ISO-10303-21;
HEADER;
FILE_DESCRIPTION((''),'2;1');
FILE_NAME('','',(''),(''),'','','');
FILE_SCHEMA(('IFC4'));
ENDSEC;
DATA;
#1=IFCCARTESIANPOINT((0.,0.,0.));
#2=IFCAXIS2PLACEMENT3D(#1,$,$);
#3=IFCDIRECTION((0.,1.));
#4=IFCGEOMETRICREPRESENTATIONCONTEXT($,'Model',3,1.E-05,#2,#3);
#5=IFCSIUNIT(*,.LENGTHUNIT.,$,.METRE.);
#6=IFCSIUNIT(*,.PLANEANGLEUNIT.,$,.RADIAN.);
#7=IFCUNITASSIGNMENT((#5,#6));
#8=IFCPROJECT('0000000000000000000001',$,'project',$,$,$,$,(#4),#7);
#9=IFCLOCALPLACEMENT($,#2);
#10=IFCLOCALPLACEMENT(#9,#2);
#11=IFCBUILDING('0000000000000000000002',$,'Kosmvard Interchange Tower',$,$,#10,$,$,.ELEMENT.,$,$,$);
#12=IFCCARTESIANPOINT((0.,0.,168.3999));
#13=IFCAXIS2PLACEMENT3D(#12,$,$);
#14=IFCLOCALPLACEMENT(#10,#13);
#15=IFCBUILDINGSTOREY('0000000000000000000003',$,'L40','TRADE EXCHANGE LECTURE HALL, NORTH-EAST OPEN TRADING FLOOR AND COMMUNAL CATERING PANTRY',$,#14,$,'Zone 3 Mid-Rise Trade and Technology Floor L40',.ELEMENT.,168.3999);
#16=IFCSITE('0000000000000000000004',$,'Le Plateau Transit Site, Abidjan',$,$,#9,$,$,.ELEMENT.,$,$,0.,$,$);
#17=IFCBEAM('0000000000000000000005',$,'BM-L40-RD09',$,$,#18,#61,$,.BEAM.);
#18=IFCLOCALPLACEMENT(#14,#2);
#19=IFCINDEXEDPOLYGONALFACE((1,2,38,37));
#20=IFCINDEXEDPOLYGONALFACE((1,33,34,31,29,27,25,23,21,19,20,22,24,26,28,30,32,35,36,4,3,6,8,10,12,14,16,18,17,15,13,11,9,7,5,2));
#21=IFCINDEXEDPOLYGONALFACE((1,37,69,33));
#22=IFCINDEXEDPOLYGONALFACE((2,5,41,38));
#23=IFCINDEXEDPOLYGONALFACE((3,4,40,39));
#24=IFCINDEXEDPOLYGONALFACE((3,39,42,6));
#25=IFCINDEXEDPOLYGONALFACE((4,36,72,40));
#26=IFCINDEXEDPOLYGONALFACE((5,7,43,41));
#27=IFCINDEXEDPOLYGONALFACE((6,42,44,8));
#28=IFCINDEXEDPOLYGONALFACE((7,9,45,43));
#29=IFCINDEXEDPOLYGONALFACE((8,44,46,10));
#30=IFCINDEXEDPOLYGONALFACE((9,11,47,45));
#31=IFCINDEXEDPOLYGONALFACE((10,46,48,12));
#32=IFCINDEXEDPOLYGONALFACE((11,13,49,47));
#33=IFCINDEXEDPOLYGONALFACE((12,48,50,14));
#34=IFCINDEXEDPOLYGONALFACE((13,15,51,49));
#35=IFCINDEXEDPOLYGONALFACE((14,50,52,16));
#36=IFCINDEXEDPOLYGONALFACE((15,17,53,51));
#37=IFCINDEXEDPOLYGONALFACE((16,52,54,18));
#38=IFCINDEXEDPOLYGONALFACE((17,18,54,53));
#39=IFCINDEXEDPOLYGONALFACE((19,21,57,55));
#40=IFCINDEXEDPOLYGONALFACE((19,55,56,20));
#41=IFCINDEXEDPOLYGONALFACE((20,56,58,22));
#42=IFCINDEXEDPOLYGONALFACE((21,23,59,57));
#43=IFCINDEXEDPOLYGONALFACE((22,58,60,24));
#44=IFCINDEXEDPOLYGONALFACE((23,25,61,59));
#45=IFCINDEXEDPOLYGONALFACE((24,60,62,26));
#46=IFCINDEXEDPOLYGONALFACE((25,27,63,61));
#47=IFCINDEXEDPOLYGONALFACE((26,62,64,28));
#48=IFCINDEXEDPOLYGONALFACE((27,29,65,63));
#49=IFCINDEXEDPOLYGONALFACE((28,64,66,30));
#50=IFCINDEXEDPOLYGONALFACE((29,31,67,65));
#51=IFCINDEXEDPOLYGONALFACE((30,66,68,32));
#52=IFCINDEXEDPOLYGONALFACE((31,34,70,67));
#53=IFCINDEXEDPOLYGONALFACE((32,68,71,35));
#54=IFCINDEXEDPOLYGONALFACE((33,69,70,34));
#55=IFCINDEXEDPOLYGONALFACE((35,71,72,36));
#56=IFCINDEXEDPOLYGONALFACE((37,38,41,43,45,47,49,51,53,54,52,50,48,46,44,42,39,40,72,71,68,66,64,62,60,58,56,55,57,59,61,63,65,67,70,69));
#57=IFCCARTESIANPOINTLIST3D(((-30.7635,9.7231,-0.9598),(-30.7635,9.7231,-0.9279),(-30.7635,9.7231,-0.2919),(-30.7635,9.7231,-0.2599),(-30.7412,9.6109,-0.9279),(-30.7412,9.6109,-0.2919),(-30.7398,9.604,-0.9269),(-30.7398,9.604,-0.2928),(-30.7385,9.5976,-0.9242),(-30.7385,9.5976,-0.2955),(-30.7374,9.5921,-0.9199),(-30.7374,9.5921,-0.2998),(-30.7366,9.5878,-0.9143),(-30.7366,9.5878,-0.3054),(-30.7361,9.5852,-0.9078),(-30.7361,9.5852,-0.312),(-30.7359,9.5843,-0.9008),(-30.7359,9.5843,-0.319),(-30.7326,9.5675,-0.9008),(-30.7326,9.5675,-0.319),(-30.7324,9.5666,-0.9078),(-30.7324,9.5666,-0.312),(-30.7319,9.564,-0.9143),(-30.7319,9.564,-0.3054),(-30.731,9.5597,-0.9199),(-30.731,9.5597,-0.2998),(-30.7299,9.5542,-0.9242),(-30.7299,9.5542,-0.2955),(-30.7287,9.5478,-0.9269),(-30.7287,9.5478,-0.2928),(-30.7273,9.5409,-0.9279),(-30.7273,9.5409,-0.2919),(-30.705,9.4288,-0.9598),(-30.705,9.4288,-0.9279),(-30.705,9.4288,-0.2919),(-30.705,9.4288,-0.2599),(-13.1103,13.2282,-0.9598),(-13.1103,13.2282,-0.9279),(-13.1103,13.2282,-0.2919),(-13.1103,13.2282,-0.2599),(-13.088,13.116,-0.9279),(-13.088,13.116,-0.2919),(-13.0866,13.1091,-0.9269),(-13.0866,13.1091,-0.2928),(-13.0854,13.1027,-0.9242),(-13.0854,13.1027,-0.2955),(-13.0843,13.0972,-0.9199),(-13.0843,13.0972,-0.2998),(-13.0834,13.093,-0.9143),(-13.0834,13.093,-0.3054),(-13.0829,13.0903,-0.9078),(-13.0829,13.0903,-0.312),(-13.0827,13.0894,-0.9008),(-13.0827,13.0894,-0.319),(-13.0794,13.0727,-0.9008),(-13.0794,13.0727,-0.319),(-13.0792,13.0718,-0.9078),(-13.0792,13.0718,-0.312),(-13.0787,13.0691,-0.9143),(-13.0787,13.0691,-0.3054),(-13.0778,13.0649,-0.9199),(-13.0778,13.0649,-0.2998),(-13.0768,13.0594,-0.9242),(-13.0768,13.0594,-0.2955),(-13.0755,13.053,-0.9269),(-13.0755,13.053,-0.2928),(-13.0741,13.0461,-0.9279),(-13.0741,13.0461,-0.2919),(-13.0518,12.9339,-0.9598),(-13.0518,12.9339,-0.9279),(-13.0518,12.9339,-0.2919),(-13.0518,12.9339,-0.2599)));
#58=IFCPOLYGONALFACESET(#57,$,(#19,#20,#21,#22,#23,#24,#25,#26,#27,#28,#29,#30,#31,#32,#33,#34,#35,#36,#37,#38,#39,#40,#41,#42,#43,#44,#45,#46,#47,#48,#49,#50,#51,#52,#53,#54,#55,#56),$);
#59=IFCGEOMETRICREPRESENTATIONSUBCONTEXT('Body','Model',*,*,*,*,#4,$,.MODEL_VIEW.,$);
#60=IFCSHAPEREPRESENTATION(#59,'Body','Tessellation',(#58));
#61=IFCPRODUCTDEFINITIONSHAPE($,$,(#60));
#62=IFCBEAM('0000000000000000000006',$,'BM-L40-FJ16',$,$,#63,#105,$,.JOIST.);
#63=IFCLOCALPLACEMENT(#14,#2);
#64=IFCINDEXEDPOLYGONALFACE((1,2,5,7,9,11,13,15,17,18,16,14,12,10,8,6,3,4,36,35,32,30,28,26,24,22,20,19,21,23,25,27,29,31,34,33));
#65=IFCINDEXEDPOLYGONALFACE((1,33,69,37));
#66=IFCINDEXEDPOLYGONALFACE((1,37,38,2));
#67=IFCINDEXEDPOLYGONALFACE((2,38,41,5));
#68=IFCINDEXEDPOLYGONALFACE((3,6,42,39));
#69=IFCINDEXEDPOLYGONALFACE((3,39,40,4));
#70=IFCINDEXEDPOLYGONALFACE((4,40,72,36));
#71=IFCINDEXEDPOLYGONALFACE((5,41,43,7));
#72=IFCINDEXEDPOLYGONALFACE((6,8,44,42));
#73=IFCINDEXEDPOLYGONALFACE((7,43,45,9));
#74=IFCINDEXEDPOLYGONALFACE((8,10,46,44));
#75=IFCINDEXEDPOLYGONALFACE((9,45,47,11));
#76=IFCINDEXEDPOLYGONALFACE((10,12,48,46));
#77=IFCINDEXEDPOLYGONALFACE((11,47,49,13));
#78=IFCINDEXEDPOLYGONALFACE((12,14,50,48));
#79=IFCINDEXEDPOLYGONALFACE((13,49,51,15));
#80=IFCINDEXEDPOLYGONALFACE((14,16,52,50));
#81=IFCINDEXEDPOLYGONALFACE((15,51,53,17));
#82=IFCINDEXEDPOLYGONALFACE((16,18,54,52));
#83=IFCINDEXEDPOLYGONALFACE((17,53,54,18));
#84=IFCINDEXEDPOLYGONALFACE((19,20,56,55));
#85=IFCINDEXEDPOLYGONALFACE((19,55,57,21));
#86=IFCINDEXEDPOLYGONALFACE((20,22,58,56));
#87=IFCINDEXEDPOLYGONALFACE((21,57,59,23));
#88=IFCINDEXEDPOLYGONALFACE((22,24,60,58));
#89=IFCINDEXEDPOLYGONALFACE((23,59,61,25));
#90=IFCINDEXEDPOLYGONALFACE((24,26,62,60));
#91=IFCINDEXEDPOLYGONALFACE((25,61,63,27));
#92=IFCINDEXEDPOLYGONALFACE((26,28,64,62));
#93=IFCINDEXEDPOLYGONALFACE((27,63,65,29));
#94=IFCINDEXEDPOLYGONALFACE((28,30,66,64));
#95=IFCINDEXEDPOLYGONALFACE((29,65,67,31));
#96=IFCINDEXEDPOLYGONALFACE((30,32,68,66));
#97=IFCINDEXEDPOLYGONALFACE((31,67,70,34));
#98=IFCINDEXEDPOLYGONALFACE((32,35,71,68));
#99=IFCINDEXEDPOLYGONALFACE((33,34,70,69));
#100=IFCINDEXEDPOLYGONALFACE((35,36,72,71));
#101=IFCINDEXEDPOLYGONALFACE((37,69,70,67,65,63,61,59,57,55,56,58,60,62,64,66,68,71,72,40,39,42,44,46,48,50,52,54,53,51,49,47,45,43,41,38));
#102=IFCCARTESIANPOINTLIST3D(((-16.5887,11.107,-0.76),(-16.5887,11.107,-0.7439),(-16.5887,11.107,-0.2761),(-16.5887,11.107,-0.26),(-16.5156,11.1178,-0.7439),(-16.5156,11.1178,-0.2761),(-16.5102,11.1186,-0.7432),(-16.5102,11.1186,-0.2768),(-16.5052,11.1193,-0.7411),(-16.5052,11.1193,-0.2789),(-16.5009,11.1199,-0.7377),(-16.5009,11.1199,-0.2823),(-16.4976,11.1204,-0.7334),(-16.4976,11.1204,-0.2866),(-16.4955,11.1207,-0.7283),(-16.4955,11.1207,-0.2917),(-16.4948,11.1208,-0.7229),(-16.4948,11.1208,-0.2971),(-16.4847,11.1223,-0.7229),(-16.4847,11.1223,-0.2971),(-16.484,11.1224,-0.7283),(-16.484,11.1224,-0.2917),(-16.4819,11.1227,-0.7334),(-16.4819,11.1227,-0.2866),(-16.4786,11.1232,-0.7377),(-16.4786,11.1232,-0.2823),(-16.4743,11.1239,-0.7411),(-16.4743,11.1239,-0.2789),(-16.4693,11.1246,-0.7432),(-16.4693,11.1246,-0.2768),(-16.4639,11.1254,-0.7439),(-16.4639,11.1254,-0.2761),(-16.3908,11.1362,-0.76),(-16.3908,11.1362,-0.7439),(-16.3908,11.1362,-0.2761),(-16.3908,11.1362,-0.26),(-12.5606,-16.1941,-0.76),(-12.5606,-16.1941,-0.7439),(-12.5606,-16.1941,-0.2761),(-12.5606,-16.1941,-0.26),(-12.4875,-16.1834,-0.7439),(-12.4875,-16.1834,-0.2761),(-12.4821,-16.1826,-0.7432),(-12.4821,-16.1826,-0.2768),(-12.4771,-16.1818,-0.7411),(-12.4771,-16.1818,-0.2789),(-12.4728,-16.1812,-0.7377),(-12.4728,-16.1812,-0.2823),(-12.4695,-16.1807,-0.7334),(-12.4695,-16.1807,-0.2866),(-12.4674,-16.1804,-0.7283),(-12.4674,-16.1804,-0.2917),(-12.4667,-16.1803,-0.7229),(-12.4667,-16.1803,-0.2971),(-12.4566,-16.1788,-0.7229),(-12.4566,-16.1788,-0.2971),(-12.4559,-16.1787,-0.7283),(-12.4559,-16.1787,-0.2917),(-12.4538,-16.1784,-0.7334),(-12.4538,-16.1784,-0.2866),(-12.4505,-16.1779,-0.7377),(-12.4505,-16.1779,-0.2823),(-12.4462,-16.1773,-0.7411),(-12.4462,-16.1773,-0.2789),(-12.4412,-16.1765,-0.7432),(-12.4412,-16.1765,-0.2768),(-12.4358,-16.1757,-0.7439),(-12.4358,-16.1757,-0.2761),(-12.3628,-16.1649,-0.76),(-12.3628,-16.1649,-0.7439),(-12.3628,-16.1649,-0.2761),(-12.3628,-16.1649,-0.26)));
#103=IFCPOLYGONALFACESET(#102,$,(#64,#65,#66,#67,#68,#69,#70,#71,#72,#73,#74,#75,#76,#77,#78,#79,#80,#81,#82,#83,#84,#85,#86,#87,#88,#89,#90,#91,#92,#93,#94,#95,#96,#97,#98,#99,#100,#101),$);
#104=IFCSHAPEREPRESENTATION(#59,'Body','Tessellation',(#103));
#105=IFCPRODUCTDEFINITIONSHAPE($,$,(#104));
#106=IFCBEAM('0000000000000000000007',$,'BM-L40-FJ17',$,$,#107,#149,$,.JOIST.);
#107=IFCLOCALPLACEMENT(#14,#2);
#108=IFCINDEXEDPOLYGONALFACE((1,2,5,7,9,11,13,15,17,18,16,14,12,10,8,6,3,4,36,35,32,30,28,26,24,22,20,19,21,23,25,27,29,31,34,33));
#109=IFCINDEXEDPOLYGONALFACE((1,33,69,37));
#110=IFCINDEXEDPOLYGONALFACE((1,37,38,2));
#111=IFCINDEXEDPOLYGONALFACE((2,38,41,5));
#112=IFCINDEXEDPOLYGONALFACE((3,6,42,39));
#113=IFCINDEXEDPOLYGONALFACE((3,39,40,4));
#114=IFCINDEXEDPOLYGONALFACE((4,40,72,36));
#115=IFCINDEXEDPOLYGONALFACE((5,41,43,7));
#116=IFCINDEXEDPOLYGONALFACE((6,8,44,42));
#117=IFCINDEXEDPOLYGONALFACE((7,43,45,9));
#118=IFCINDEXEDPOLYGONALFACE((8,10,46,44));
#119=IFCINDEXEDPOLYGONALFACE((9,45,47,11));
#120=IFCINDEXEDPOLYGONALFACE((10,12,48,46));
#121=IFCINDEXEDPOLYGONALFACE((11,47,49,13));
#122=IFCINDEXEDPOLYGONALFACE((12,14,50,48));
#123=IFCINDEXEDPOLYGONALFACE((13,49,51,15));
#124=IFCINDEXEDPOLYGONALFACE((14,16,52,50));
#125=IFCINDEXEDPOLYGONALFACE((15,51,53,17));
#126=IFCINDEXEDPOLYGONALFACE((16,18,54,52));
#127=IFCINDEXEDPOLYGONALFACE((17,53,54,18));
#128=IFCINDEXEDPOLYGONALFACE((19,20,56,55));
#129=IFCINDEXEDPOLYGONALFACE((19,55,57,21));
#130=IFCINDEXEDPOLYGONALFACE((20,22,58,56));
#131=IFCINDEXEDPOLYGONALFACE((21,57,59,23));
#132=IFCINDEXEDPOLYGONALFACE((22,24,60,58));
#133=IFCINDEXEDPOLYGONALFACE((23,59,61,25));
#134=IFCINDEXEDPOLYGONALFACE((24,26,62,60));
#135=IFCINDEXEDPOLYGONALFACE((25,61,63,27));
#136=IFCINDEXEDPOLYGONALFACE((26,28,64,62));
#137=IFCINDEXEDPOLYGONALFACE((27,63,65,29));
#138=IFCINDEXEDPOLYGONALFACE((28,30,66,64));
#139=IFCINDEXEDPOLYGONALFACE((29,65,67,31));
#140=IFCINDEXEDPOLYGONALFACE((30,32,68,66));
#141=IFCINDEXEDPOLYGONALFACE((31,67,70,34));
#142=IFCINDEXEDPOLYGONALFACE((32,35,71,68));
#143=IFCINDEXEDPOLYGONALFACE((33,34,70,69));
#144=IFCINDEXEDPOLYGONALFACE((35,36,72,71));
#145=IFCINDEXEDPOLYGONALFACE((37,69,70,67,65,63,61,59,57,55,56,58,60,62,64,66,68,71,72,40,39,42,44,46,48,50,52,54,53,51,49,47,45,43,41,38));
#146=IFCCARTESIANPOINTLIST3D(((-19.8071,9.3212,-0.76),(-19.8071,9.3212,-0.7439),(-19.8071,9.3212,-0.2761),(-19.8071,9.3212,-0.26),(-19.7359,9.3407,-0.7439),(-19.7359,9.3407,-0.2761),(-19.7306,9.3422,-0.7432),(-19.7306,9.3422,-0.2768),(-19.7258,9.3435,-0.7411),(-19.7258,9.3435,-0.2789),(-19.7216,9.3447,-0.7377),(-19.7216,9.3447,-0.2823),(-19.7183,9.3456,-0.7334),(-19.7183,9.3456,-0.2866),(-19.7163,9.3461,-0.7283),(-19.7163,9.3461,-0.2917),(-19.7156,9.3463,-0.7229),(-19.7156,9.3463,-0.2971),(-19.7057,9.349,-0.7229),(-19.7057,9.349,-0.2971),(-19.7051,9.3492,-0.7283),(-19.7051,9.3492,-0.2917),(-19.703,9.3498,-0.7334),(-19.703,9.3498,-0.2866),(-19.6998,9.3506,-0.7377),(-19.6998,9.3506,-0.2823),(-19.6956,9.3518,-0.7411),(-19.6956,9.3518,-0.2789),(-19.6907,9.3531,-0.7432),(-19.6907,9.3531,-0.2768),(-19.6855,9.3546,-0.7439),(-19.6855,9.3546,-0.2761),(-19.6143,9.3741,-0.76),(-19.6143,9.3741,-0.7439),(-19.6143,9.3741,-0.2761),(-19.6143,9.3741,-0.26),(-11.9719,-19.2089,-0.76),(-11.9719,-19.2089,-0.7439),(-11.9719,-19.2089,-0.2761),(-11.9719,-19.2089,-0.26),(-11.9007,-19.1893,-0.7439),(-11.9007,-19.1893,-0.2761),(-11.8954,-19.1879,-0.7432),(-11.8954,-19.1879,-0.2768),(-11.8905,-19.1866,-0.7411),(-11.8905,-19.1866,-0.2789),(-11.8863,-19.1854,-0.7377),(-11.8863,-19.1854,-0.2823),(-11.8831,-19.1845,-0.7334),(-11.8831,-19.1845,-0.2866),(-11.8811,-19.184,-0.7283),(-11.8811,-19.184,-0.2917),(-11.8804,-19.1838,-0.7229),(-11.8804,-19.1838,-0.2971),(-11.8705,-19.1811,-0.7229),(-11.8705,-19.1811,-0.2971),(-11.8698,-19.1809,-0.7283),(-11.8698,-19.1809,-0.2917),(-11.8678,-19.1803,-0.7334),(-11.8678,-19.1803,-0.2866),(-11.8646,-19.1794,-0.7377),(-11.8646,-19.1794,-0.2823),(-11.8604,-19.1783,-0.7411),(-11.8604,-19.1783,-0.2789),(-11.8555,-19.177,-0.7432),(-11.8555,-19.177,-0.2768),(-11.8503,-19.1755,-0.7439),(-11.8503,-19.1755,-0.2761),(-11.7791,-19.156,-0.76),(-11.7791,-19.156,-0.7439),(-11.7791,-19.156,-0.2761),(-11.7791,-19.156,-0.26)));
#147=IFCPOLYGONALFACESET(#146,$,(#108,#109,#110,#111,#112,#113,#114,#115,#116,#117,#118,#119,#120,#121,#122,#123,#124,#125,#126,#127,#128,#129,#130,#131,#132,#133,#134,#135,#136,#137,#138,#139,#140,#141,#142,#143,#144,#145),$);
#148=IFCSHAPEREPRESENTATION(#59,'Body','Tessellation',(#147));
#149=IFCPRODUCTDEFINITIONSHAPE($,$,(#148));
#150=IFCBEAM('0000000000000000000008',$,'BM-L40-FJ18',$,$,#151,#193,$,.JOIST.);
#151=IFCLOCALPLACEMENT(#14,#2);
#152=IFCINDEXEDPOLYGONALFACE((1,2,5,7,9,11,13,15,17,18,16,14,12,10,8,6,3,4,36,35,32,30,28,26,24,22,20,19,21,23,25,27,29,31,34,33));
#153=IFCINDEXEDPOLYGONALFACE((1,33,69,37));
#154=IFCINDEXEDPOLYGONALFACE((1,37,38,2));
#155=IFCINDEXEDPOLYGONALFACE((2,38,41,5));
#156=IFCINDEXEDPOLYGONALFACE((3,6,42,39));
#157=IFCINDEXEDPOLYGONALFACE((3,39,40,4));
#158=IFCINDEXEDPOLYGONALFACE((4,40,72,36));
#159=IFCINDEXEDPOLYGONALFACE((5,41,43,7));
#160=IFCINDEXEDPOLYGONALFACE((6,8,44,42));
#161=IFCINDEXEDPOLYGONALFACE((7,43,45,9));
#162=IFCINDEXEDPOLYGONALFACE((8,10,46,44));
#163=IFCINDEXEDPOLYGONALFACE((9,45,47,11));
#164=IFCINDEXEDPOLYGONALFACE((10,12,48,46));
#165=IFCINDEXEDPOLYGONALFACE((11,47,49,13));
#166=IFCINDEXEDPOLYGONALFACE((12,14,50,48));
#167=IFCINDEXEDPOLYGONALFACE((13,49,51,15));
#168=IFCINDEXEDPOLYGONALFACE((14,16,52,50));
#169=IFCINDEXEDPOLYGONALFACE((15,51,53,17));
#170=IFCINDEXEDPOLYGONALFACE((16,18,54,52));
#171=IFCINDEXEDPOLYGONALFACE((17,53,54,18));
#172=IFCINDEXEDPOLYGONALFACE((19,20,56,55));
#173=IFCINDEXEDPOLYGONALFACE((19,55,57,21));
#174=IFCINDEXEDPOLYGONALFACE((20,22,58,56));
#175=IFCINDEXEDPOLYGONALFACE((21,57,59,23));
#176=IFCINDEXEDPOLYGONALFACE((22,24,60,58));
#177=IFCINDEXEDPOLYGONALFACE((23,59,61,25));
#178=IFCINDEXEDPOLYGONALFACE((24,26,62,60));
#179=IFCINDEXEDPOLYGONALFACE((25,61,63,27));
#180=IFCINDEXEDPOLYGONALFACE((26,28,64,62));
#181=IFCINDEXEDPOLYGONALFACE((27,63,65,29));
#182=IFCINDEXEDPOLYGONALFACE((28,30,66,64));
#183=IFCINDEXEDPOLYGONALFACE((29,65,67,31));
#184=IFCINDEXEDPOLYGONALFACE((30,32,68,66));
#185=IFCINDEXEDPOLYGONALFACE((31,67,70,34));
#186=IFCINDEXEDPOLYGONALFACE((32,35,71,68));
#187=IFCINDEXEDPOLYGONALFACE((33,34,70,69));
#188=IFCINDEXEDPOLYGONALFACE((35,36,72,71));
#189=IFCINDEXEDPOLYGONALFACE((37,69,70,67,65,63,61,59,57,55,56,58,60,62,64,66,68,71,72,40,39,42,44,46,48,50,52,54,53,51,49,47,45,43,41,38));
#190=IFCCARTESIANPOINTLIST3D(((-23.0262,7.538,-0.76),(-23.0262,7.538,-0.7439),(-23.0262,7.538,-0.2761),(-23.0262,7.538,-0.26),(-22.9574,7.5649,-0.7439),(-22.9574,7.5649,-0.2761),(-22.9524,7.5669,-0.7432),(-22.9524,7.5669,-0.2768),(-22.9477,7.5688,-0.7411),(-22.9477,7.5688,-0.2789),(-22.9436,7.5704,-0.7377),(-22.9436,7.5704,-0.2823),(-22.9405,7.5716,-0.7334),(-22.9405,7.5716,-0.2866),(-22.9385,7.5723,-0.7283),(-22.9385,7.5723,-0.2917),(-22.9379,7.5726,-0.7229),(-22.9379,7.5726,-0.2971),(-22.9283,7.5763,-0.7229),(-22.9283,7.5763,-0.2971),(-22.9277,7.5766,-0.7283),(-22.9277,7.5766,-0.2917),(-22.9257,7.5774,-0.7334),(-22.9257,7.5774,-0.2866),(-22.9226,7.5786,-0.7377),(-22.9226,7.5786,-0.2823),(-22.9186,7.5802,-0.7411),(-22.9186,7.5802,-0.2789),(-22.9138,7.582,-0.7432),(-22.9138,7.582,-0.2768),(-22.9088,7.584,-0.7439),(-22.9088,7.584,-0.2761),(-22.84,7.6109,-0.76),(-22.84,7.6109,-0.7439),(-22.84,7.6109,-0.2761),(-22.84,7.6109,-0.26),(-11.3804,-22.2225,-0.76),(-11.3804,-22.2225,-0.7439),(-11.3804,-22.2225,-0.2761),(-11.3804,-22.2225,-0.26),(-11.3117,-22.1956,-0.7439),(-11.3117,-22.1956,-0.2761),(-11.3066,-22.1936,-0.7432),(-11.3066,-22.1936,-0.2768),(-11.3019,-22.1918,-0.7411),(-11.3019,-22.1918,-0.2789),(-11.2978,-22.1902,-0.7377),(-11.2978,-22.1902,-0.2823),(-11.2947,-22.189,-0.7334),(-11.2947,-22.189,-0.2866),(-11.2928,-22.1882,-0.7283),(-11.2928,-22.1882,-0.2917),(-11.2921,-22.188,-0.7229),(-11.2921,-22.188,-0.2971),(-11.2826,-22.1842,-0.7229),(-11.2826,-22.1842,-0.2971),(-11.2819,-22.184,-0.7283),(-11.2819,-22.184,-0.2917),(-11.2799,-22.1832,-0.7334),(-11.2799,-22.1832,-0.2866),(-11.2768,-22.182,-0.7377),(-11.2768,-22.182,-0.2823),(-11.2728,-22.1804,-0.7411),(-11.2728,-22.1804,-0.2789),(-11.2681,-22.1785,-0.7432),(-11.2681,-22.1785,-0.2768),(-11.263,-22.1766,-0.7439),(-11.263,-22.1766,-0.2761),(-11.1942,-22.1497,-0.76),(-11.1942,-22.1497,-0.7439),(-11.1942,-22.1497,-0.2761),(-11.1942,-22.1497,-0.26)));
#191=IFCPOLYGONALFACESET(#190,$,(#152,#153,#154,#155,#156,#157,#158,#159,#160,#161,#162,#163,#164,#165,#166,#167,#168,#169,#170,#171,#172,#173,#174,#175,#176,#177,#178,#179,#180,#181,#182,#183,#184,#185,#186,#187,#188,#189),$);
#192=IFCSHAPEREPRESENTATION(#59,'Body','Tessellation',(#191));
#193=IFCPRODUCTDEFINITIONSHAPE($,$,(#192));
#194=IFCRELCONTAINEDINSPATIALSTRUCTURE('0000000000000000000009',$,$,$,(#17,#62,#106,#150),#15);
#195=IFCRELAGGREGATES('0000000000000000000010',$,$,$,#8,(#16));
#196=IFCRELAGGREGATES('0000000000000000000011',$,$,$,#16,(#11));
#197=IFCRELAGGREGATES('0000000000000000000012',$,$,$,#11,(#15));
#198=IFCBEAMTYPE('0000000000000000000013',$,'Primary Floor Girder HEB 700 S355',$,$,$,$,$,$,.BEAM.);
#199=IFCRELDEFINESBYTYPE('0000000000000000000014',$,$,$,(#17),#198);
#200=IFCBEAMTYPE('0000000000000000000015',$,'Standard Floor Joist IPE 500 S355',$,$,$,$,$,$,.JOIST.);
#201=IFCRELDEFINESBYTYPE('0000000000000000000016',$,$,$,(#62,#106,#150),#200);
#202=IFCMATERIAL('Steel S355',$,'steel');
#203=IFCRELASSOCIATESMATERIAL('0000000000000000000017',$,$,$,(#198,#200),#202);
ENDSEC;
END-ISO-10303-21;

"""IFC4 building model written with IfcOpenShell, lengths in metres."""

from ifc_helpers import new_model, si_unit, direction, frame, origin, origin_2d, place, context, subcontext, project, spatial, i_section, extrude, source, transform, mapped, material, material_profile, profile_set, type_object, element, save


model = new_model("IFC4")

# Units and contexts
model_context = context("Model", 3, precision=1e-05, world=origin(), true_north=direction((0.0, 1.0)))
body_context = subcontext(model_context, "Body", "Model", "MODEL_VIEW")
ifc_project = project(units=[si_unit("LENGTHUNIT", "METRE"), si_unit("PLANEANGLEUNIT", "RADIAN")], contexts=[model_context])

# Site, building, storey
site_placement = place(None, origin())
site = spatial("IfcSite", under=ifc_project, at=site_placement, Name="Le Plateau Transit Site, Abidjan", CompositionType="ELEMENT", RefElevation=0.0)
building_placement = place(site_placement, origin())
building = spatial("IfcBuilding", under=site, at=building_placement, Name="Kosmvard Interchange Tower", CompositionType="ELEMENT")
storey_placement = place(building_placement, frame((0.0, 0.0, 168.3999)))
storey = spatial("IfcBuildingStorey", under=building, at=storey_placement, Name="L40", Description="TRADE EXCHANGE LECTURE HALL, NORTH-EAST OPEN TRADING FLOOR AND COMMUNAL CATERING PANTRY", LongName="Zone 3 Mid-Rise Trade and Technology Floor L40", CompositionType="ELEMENT", Elevation=168.3999)

# Beams
ifc_material_1 = material(Name="Steel S355", Category="steel")
ifc_material_profile_1 = material_profile(ifc_material_1, i_section(OverallWidth=0.3, OverallDepth=0.7, WebThickness=0.0171, FlangeThickness=0.032, FilletRadius=0.0271, at=origin_2d()), Name="HEB 700")
ifc_profile_set_1 = profile_set([ifc_material_profile_1], Name="Steel S355")
beam_type_1 = type_object("IfcBeamType", Name="Primary Floor Girder HEB 700 S355", PredefinedType="BEAM", material=ifc_profile_set_1)
shared_shape_1 = source(origin(), body_context, "Body", "SweptSolid", [
    extrude(i_section(OverallWidth=0.3, OverallDepth=0.7, WebThickness=0.0171, FlangeThickness=0.032, FilletRadius=0.0271, at=origin_2d()), origin(), (0.0, 0.0, 1.0), 17.9978),
])
beam_1_placement = place(storey_placement, frame((-13.0811, 13.0811, -0.6099), z_axis=(-0.980852, -0.194754, 0.0), x_axis=(0.194754, -0.980852, 0.0)))
element("IfcBeam", 1, at=beam_1_placement, inside=storey, type_object=beam_type_1, Name="BM-L40-RD09", PredefinedType="BEAM", context=body_context, shape_type="MappedRepresentation", body=[
    mapped(shared_shape_1, transform((0.0, 0.0, 0.0), scale=1.0)),
])
ifc_material_profile_2 = material_profile(ifc_material_1, i_section(OverallWidth=0.2, OverallDepth=0.5, WebThickness=0.0103, FlangeThickness=0.0161, FilletRadius=0.021, at=origin_2d()), Name="IPE 500")
ifc_profile_set_2 = profile_set([ifc_material_profile_2], Name="Steel S355")
beam_type_2 = type_object("IfcBeamType", Name="Standard Floor Joist IPE 500 S355", PredefinedType="JOIST", material=ifc_profile_set_2)
shared_shape_2 = source(origin(), body_context, "Body", "SweptSolid", [
    extrude(i_section(OverallWidth=0.2, OverallDepth=0.5, WebThickness=0.0103, FlangeThickness=0.0161, FilletRadius=0.021, at=origin_2d()), origin(), (0.0, 0.0, 1.0), 27.5967),
])
beam_2_placement = place(storey_placement, frame((-16.4897, 11.1216, -0.51), z_axis=(0.145963, -0.98929, 0.0), x_axis=(0.98929, 0.145963, 0.0)))
element("IfcBeam", 2, at=beam_2_placement, inside=storey, type_object=beam_type_2, Name="BM-L40-FJ16", PredefinedType="JOIST", context=body_context, shape_type="MappedRepresentation", body=[
    mapped(shared_shape_2, transform((0.0, 0.0, 0.0), scale=1.0)),
])
shared_shape_3 = source(origin(), body_context, "Body", "SweptSolid", [
    extrude(i_section(OverallWidth=0.2, OverallDepth=0.5, WebThickness=0.0103, FlangeThickness=0.0161, FilletRadius=0.021, at=origin_2d()), origin(), (0.0, 0.0, 1.0), 29.5864),
])
beam_3_placement = place(storey_placement, frame((-19.7107, 9.3477, -0.51), z_axis=(0.264825, -0.964297, 0.0), x_axis=(0.964297, 0.264825, 0.0)))
element("IfcBeam", 3, at=beam_3_placement, inside=storey, type_object=beam_type_2, Name="BM-L40-FJ17", PredefinedType="JOIST", context=body_context, shape_type="MappedRepresentation", body=[
    mapped(shared_shape_3, transform((0.0, 0.0, 0.0), scale=1.0)),
])
shared_shape_4 = source(origin(), body_context, "Body", "SweptSolid", [
    extrude(i_section(OverallWidth=0.2, OverallDepth=0.5, WebThickness=0.0103, FlangeThickness=0.0161, FilletRadius=0.021, at=origin_2d()), origin(), (0.0, 0.0, 1.0), 31.958),
])
beam_4_placement = place(storey_placement, frame((-22.9331, 7.5745, -0.51), z_axis=(0.364409, -0.931239, 0.0), x_axis=(0.931239, 0.364409, 0.0)))
element("IfcBeam", 4, at=beam_4_placement, inside=storey, type_object=beam_type_2, Name="BM-L40-FJ18", PredefinedType="JOIST", context=body_context, shape_type="MappedRepresentation", body=[
    mapped(shared_shape_4, transform((0.0, 0.0, 0.0), scale=1.0)),
])

save(model, "model.ifc")
